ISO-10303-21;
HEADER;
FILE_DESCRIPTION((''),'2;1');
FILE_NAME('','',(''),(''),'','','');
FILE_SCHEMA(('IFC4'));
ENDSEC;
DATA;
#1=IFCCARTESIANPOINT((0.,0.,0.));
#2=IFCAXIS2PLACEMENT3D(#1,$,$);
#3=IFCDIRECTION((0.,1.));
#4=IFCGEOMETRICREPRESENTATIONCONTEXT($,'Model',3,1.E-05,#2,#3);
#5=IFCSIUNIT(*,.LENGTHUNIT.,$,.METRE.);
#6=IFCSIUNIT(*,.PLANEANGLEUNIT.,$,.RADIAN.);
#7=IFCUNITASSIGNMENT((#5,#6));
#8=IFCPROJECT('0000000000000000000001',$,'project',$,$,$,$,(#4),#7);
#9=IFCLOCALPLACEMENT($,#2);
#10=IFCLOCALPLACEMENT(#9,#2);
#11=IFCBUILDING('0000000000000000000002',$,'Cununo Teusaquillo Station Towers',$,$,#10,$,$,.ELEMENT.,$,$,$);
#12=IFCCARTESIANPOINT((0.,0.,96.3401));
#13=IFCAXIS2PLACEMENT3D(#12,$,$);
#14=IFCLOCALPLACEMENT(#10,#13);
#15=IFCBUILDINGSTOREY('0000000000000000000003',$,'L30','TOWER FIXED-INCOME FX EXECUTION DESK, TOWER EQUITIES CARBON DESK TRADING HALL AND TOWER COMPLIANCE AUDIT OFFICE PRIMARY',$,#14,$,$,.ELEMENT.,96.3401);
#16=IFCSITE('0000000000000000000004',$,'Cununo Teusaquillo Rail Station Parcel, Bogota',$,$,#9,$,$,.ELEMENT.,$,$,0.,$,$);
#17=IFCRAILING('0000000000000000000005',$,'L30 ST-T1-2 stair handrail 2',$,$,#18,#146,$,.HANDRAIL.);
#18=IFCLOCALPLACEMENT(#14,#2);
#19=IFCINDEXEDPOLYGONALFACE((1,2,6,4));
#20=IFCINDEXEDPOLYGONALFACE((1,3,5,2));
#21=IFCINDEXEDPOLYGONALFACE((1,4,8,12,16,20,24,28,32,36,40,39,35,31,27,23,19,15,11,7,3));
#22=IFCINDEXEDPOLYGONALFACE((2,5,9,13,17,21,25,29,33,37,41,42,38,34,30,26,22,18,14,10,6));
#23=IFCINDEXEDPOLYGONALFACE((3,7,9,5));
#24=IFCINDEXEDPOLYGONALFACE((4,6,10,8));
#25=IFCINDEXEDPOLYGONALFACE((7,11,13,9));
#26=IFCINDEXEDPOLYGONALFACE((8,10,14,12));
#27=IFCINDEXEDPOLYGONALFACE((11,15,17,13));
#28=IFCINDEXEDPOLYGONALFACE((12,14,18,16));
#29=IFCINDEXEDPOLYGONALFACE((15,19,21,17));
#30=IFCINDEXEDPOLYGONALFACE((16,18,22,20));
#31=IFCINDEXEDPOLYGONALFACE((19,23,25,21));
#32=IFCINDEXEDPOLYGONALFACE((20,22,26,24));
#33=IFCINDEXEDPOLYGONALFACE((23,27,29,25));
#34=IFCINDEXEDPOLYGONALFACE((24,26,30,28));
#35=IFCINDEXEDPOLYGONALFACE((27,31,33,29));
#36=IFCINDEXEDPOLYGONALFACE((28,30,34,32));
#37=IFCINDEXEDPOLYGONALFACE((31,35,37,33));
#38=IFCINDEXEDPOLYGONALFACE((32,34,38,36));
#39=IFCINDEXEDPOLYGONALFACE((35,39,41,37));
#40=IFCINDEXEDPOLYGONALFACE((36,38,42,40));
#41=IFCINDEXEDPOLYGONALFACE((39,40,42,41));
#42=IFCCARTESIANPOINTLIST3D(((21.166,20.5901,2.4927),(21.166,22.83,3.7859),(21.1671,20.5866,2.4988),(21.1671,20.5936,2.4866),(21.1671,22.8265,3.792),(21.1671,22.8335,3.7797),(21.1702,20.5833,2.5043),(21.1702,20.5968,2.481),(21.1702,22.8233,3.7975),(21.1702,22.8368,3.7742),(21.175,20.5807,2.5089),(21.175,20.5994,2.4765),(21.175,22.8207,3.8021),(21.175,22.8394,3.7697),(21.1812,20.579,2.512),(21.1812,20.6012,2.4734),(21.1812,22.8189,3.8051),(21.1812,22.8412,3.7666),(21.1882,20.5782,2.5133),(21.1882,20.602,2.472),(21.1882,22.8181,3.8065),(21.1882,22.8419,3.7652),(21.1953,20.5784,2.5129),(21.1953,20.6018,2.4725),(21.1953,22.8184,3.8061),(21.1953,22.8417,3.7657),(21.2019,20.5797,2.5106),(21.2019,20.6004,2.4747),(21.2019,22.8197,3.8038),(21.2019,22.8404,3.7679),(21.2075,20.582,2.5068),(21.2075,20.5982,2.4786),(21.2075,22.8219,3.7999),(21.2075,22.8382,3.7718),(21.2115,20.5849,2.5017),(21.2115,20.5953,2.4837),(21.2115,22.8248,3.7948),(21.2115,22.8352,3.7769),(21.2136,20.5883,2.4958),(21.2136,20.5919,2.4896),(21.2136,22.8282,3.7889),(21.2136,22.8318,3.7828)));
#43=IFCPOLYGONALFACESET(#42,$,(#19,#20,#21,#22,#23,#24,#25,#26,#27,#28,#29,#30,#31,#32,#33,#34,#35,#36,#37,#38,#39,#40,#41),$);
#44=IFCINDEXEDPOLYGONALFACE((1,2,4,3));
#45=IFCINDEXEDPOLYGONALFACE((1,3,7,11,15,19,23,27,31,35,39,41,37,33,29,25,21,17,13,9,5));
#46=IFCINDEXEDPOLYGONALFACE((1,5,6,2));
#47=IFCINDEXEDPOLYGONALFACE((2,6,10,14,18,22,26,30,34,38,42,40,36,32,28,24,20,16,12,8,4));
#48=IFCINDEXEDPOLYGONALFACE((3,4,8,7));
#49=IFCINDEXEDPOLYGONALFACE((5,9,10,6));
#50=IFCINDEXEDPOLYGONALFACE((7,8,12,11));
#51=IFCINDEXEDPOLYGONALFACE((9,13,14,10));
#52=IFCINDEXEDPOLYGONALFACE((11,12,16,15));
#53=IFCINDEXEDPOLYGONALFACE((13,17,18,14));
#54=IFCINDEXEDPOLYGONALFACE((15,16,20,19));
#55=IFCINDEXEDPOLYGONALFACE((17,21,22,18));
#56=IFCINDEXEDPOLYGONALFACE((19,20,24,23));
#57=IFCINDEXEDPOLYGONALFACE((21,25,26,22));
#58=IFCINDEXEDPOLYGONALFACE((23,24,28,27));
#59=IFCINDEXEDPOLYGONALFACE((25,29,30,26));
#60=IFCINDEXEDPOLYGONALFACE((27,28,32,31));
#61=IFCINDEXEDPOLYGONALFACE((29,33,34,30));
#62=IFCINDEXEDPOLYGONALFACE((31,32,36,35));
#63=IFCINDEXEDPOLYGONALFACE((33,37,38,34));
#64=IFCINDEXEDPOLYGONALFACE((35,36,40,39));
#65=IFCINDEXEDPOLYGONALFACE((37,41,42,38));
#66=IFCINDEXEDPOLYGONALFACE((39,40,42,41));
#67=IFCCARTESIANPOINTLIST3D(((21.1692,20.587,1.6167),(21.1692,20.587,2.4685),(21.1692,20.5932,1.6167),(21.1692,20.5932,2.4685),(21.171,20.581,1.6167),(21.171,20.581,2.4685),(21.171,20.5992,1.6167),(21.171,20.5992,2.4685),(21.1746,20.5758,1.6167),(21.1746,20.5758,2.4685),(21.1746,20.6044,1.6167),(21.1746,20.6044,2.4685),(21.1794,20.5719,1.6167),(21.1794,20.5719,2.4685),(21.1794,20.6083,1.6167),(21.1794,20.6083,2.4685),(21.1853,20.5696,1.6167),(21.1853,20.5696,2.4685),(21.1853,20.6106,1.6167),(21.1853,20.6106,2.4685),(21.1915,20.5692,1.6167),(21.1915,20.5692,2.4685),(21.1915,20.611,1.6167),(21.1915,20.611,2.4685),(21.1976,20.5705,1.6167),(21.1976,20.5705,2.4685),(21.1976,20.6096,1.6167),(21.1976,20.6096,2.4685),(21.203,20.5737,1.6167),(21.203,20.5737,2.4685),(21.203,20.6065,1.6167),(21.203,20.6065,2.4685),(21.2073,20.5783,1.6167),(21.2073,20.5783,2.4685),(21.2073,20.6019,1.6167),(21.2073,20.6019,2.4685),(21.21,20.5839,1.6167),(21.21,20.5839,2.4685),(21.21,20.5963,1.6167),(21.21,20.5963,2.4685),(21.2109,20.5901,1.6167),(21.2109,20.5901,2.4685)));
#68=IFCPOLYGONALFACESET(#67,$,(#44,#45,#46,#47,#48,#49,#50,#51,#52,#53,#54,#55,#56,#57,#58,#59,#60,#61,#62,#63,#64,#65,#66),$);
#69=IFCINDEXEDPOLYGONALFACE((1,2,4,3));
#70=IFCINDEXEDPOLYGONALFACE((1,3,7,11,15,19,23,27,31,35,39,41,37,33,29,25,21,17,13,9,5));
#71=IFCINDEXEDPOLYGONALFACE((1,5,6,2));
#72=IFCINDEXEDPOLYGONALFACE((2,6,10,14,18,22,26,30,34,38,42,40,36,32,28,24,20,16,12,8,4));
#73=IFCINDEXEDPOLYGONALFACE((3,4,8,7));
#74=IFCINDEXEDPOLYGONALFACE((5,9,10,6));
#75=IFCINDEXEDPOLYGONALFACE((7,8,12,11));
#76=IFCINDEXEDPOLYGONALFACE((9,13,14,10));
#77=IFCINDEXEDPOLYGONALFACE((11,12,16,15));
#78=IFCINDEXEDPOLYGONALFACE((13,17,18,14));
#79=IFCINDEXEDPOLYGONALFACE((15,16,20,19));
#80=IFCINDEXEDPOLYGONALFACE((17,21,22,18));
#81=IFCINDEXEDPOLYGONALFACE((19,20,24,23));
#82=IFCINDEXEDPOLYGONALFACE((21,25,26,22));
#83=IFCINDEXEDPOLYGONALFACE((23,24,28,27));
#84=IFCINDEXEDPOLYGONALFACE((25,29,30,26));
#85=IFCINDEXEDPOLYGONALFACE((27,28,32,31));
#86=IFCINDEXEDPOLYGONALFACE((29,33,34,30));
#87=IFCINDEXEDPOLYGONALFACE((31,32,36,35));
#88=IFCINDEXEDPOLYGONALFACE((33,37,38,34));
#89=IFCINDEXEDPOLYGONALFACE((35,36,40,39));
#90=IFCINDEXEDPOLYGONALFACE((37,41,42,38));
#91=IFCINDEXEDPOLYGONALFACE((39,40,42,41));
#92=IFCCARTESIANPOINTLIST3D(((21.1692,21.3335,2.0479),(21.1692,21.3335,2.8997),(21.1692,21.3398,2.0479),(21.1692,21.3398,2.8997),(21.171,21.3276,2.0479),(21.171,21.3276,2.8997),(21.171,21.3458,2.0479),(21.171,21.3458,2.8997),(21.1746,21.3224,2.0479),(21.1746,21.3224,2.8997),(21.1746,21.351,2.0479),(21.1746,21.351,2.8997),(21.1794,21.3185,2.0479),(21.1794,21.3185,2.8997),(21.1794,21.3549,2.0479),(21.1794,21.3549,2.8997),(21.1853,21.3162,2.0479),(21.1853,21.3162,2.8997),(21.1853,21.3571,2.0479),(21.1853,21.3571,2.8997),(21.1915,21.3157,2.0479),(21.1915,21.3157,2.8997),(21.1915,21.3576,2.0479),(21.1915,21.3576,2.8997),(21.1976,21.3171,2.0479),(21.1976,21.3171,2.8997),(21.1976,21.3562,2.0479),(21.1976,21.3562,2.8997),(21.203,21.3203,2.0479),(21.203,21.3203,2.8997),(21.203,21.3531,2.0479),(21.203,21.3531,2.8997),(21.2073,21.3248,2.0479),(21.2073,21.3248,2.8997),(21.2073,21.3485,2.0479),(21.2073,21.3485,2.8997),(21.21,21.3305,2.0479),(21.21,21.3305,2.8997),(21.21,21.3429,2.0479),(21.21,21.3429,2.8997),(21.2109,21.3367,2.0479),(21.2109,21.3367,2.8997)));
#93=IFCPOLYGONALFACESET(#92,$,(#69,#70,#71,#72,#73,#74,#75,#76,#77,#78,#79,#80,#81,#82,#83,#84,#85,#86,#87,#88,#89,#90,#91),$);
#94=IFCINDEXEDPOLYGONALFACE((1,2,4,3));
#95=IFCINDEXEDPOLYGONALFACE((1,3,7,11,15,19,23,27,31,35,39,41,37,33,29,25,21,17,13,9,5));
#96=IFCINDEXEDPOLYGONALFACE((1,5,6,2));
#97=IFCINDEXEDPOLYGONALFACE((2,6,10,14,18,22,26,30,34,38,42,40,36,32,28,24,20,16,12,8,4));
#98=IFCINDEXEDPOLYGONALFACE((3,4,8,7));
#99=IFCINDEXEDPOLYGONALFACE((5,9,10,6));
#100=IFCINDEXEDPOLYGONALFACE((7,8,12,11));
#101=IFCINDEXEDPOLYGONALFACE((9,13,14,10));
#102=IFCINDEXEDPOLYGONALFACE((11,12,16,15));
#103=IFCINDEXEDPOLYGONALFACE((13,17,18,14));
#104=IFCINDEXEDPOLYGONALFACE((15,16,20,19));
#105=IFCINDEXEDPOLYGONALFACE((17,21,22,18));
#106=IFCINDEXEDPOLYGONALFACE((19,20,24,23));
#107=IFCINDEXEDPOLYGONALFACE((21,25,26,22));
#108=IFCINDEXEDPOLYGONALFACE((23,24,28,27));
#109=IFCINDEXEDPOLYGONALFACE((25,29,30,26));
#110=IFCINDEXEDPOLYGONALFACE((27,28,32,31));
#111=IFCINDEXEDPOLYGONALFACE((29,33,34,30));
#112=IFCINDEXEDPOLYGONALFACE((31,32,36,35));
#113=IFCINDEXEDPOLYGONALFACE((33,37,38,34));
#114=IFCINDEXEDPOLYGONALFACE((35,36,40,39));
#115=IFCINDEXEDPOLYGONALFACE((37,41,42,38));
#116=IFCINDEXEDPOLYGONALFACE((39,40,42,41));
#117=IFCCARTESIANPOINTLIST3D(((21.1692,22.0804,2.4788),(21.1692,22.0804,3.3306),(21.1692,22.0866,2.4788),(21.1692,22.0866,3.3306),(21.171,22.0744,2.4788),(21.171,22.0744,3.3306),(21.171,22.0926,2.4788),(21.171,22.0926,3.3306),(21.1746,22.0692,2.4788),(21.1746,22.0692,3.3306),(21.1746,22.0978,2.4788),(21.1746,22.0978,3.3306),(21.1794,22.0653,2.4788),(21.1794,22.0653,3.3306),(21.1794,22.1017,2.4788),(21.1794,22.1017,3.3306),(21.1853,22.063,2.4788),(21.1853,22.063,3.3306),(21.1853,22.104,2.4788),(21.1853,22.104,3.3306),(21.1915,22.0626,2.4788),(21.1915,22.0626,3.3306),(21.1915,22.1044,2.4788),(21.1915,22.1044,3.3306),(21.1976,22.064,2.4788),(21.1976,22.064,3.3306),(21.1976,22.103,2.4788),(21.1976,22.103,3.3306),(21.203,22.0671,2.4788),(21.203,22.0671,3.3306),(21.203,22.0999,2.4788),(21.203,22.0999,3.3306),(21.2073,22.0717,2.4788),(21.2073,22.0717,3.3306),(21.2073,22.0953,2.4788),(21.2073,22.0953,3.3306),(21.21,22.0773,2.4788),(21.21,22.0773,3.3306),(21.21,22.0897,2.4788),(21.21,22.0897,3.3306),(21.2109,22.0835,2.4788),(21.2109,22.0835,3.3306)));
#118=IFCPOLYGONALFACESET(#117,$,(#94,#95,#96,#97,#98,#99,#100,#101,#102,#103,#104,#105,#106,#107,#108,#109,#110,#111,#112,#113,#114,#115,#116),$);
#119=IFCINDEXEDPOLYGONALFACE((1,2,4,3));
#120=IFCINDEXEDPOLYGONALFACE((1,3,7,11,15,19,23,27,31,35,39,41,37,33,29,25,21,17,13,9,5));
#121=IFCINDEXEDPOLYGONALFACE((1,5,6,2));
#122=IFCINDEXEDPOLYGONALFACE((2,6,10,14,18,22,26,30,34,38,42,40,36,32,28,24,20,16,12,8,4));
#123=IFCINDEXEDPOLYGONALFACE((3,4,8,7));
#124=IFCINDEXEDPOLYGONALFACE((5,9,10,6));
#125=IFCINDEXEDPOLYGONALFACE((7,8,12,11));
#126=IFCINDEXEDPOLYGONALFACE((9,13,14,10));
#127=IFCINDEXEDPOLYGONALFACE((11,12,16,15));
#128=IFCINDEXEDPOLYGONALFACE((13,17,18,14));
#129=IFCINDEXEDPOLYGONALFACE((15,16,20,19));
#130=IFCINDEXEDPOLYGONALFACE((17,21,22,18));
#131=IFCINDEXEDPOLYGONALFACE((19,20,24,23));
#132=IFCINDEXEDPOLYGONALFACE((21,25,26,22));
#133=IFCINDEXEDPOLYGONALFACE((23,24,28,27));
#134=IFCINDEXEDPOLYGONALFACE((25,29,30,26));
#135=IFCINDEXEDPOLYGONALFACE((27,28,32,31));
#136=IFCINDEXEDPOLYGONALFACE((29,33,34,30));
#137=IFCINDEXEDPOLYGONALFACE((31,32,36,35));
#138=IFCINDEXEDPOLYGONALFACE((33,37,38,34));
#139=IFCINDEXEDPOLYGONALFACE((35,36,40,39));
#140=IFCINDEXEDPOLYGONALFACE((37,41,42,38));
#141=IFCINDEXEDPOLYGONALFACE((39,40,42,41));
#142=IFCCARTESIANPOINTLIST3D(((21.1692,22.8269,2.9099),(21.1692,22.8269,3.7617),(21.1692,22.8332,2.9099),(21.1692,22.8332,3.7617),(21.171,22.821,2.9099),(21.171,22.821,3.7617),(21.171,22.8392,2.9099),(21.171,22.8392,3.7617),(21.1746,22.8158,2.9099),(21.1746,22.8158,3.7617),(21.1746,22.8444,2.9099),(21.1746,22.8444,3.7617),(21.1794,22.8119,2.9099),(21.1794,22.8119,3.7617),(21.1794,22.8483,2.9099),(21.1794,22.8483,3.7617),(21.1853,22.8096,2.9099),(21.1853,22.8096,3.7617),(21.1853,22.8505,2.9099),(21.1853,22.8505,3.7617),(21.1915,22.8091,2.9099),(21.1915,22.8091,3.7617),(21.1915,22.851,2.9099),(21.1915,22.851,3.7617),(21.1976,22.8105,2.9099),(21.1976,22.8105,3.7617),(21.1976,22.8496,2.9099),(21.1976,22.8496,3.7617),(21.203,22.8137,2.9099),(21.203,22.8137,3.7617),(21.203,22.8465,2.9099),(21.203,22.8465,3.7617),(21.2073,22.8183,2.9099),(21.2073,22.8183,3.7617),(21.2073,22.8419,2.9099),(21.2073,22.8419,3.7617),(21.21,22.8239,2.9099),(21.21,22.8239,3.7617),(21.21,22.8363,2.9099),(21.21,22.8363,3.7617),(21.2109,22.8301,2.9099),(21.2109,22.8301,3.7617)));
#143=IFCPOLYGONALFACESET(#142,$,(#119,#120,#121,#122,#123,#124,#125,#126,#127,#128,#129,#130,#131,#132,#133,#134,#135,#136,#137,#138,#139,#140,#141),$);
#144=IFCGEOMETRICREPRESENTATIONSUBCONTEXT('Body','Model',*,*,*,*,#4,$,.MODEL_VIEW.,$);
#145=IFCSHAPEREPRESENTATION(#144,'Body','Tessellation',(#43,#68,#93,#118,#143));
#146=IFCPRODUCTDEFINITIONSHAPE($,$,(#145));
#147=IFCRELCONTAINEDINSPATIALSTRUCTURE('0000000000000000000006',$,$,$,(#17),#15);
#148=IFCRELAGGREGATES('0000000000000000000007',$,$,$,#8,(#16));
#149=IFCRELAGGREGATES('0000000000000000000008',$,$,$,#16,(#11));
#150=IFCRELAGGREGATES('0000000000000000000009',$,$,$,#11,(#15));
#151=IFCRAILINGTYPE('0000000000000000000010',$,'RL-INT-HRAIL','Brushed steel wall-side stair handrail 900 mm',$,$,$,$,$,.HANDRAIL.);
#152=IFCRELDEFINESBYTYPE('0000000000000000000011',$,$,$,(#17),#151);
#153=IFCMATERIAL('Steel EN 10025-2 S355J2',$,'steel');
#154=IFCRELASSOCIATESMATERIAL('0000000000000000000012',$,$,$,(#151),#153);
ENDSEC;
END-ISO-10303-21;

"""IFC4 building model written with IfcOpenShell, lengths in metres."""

from ifc_helpers import new_model, si_unit, direction, frame, origin, origin_2d, place, context, subcontext, project, spatial, circle, extrude, material, type_object, element, save


model = new_model("IFC4")

# Units and contexts
model_context = context("Model", 3, precision=1e-05, world=origin(), true_north=direction((0.0, 1.0)))
body_context = subcontext(model_context, "Body", "Model", "MODEL_VIEW")
ifc_project = project(units=[si_unit("LENGTHUNIT", "METRE"), si_unit("PLANEANGLEUNIT", "RADIAN")], contexts=[model_context])

# Site, building, storey
site_placement = place(None, origin())
site = spatial("IfcSite", under=ifc_project, at=site_placement, Name="Cununo Teusaquillo Rail Station Parcel, Bogota", CompositionType="ELEMENT", RefElevation=0.0)
building_placement = place(site_placement, origin())
building = spatial("IfcBuilding", under=site, at=building_placement, Name="Cununo Teusaquillo Station Towers", CompositionType="ELEMENT")
storey_placement = place(building_placement, frame((0.0, 0.0, 96.3401)))
storey = spatial("IfcBuildingStorey", under=building, at=storey_placement, Name="L30", Description="TOWER FIXED-INCOME FX EXECUTION DESK, TOWER EQUITIES CARBON DESK TRADING HALL AND TOWER COMPLIANCE AUDIT OFFICE PRIMARY", CompositionType="ELEMENT", Elevation=96.3401)

# Railing
ifc_material_1 = material(Name="Steel EN 10025-2 S355J2", Category="steel")
railing_type_1 = type_object("IfcRailingType", Name="RL-INT-HRAIL", Description="Brushed steel wall-side stair handrail 900 mm", PredefinedType="HANDRAIL", material=ifc_material_1)
railing_1_placement = place(storey_placement, frame((21.1899, 20.5901, 1.6167)))
element("IfcRailing", 1, at=railing_1_placement, inside=storey, type_object=railing_type_1, Name="L30 ST-T1-2 stair handrail 2", PredefinedType="HANDRAIL", context=body_context, shape_type="SweptSolid", body=[
    extrude(circle(Radius=0.0239, at=origin_2d()), frame((0.0, 0.0, 0.876), z_axis=(0.0, 0.866033, 0.499987), x_axis=(-1.0, 0.0, 0.0)), (0.0, 0.0, 1.0), 2.5864),
    extrude(circle(Radius=0.021, at=origin_2d()), origin(), (0.0, 0.0, 1.0), 0.8518),
    extrude(circle(Radius=0.021, at=origin_2d()), frame((0.0, 0.7466, 0.4312)), (0.0, 0.0, 1.0), 0.8518),
    extrude(circle(Radius=0.021, at=origin_2d()), frame((0.0, 1.4934, 0.8621)), (0.0, 0.0, 1.0), 0.8518),
    extrude(circle(Radius=0.021, at=origin_2d()), frame((0.0, 2.24, 1.2932)), (0.0, 0.0, 1.0), 0.8518),
])

save(model, "model.ifc")
